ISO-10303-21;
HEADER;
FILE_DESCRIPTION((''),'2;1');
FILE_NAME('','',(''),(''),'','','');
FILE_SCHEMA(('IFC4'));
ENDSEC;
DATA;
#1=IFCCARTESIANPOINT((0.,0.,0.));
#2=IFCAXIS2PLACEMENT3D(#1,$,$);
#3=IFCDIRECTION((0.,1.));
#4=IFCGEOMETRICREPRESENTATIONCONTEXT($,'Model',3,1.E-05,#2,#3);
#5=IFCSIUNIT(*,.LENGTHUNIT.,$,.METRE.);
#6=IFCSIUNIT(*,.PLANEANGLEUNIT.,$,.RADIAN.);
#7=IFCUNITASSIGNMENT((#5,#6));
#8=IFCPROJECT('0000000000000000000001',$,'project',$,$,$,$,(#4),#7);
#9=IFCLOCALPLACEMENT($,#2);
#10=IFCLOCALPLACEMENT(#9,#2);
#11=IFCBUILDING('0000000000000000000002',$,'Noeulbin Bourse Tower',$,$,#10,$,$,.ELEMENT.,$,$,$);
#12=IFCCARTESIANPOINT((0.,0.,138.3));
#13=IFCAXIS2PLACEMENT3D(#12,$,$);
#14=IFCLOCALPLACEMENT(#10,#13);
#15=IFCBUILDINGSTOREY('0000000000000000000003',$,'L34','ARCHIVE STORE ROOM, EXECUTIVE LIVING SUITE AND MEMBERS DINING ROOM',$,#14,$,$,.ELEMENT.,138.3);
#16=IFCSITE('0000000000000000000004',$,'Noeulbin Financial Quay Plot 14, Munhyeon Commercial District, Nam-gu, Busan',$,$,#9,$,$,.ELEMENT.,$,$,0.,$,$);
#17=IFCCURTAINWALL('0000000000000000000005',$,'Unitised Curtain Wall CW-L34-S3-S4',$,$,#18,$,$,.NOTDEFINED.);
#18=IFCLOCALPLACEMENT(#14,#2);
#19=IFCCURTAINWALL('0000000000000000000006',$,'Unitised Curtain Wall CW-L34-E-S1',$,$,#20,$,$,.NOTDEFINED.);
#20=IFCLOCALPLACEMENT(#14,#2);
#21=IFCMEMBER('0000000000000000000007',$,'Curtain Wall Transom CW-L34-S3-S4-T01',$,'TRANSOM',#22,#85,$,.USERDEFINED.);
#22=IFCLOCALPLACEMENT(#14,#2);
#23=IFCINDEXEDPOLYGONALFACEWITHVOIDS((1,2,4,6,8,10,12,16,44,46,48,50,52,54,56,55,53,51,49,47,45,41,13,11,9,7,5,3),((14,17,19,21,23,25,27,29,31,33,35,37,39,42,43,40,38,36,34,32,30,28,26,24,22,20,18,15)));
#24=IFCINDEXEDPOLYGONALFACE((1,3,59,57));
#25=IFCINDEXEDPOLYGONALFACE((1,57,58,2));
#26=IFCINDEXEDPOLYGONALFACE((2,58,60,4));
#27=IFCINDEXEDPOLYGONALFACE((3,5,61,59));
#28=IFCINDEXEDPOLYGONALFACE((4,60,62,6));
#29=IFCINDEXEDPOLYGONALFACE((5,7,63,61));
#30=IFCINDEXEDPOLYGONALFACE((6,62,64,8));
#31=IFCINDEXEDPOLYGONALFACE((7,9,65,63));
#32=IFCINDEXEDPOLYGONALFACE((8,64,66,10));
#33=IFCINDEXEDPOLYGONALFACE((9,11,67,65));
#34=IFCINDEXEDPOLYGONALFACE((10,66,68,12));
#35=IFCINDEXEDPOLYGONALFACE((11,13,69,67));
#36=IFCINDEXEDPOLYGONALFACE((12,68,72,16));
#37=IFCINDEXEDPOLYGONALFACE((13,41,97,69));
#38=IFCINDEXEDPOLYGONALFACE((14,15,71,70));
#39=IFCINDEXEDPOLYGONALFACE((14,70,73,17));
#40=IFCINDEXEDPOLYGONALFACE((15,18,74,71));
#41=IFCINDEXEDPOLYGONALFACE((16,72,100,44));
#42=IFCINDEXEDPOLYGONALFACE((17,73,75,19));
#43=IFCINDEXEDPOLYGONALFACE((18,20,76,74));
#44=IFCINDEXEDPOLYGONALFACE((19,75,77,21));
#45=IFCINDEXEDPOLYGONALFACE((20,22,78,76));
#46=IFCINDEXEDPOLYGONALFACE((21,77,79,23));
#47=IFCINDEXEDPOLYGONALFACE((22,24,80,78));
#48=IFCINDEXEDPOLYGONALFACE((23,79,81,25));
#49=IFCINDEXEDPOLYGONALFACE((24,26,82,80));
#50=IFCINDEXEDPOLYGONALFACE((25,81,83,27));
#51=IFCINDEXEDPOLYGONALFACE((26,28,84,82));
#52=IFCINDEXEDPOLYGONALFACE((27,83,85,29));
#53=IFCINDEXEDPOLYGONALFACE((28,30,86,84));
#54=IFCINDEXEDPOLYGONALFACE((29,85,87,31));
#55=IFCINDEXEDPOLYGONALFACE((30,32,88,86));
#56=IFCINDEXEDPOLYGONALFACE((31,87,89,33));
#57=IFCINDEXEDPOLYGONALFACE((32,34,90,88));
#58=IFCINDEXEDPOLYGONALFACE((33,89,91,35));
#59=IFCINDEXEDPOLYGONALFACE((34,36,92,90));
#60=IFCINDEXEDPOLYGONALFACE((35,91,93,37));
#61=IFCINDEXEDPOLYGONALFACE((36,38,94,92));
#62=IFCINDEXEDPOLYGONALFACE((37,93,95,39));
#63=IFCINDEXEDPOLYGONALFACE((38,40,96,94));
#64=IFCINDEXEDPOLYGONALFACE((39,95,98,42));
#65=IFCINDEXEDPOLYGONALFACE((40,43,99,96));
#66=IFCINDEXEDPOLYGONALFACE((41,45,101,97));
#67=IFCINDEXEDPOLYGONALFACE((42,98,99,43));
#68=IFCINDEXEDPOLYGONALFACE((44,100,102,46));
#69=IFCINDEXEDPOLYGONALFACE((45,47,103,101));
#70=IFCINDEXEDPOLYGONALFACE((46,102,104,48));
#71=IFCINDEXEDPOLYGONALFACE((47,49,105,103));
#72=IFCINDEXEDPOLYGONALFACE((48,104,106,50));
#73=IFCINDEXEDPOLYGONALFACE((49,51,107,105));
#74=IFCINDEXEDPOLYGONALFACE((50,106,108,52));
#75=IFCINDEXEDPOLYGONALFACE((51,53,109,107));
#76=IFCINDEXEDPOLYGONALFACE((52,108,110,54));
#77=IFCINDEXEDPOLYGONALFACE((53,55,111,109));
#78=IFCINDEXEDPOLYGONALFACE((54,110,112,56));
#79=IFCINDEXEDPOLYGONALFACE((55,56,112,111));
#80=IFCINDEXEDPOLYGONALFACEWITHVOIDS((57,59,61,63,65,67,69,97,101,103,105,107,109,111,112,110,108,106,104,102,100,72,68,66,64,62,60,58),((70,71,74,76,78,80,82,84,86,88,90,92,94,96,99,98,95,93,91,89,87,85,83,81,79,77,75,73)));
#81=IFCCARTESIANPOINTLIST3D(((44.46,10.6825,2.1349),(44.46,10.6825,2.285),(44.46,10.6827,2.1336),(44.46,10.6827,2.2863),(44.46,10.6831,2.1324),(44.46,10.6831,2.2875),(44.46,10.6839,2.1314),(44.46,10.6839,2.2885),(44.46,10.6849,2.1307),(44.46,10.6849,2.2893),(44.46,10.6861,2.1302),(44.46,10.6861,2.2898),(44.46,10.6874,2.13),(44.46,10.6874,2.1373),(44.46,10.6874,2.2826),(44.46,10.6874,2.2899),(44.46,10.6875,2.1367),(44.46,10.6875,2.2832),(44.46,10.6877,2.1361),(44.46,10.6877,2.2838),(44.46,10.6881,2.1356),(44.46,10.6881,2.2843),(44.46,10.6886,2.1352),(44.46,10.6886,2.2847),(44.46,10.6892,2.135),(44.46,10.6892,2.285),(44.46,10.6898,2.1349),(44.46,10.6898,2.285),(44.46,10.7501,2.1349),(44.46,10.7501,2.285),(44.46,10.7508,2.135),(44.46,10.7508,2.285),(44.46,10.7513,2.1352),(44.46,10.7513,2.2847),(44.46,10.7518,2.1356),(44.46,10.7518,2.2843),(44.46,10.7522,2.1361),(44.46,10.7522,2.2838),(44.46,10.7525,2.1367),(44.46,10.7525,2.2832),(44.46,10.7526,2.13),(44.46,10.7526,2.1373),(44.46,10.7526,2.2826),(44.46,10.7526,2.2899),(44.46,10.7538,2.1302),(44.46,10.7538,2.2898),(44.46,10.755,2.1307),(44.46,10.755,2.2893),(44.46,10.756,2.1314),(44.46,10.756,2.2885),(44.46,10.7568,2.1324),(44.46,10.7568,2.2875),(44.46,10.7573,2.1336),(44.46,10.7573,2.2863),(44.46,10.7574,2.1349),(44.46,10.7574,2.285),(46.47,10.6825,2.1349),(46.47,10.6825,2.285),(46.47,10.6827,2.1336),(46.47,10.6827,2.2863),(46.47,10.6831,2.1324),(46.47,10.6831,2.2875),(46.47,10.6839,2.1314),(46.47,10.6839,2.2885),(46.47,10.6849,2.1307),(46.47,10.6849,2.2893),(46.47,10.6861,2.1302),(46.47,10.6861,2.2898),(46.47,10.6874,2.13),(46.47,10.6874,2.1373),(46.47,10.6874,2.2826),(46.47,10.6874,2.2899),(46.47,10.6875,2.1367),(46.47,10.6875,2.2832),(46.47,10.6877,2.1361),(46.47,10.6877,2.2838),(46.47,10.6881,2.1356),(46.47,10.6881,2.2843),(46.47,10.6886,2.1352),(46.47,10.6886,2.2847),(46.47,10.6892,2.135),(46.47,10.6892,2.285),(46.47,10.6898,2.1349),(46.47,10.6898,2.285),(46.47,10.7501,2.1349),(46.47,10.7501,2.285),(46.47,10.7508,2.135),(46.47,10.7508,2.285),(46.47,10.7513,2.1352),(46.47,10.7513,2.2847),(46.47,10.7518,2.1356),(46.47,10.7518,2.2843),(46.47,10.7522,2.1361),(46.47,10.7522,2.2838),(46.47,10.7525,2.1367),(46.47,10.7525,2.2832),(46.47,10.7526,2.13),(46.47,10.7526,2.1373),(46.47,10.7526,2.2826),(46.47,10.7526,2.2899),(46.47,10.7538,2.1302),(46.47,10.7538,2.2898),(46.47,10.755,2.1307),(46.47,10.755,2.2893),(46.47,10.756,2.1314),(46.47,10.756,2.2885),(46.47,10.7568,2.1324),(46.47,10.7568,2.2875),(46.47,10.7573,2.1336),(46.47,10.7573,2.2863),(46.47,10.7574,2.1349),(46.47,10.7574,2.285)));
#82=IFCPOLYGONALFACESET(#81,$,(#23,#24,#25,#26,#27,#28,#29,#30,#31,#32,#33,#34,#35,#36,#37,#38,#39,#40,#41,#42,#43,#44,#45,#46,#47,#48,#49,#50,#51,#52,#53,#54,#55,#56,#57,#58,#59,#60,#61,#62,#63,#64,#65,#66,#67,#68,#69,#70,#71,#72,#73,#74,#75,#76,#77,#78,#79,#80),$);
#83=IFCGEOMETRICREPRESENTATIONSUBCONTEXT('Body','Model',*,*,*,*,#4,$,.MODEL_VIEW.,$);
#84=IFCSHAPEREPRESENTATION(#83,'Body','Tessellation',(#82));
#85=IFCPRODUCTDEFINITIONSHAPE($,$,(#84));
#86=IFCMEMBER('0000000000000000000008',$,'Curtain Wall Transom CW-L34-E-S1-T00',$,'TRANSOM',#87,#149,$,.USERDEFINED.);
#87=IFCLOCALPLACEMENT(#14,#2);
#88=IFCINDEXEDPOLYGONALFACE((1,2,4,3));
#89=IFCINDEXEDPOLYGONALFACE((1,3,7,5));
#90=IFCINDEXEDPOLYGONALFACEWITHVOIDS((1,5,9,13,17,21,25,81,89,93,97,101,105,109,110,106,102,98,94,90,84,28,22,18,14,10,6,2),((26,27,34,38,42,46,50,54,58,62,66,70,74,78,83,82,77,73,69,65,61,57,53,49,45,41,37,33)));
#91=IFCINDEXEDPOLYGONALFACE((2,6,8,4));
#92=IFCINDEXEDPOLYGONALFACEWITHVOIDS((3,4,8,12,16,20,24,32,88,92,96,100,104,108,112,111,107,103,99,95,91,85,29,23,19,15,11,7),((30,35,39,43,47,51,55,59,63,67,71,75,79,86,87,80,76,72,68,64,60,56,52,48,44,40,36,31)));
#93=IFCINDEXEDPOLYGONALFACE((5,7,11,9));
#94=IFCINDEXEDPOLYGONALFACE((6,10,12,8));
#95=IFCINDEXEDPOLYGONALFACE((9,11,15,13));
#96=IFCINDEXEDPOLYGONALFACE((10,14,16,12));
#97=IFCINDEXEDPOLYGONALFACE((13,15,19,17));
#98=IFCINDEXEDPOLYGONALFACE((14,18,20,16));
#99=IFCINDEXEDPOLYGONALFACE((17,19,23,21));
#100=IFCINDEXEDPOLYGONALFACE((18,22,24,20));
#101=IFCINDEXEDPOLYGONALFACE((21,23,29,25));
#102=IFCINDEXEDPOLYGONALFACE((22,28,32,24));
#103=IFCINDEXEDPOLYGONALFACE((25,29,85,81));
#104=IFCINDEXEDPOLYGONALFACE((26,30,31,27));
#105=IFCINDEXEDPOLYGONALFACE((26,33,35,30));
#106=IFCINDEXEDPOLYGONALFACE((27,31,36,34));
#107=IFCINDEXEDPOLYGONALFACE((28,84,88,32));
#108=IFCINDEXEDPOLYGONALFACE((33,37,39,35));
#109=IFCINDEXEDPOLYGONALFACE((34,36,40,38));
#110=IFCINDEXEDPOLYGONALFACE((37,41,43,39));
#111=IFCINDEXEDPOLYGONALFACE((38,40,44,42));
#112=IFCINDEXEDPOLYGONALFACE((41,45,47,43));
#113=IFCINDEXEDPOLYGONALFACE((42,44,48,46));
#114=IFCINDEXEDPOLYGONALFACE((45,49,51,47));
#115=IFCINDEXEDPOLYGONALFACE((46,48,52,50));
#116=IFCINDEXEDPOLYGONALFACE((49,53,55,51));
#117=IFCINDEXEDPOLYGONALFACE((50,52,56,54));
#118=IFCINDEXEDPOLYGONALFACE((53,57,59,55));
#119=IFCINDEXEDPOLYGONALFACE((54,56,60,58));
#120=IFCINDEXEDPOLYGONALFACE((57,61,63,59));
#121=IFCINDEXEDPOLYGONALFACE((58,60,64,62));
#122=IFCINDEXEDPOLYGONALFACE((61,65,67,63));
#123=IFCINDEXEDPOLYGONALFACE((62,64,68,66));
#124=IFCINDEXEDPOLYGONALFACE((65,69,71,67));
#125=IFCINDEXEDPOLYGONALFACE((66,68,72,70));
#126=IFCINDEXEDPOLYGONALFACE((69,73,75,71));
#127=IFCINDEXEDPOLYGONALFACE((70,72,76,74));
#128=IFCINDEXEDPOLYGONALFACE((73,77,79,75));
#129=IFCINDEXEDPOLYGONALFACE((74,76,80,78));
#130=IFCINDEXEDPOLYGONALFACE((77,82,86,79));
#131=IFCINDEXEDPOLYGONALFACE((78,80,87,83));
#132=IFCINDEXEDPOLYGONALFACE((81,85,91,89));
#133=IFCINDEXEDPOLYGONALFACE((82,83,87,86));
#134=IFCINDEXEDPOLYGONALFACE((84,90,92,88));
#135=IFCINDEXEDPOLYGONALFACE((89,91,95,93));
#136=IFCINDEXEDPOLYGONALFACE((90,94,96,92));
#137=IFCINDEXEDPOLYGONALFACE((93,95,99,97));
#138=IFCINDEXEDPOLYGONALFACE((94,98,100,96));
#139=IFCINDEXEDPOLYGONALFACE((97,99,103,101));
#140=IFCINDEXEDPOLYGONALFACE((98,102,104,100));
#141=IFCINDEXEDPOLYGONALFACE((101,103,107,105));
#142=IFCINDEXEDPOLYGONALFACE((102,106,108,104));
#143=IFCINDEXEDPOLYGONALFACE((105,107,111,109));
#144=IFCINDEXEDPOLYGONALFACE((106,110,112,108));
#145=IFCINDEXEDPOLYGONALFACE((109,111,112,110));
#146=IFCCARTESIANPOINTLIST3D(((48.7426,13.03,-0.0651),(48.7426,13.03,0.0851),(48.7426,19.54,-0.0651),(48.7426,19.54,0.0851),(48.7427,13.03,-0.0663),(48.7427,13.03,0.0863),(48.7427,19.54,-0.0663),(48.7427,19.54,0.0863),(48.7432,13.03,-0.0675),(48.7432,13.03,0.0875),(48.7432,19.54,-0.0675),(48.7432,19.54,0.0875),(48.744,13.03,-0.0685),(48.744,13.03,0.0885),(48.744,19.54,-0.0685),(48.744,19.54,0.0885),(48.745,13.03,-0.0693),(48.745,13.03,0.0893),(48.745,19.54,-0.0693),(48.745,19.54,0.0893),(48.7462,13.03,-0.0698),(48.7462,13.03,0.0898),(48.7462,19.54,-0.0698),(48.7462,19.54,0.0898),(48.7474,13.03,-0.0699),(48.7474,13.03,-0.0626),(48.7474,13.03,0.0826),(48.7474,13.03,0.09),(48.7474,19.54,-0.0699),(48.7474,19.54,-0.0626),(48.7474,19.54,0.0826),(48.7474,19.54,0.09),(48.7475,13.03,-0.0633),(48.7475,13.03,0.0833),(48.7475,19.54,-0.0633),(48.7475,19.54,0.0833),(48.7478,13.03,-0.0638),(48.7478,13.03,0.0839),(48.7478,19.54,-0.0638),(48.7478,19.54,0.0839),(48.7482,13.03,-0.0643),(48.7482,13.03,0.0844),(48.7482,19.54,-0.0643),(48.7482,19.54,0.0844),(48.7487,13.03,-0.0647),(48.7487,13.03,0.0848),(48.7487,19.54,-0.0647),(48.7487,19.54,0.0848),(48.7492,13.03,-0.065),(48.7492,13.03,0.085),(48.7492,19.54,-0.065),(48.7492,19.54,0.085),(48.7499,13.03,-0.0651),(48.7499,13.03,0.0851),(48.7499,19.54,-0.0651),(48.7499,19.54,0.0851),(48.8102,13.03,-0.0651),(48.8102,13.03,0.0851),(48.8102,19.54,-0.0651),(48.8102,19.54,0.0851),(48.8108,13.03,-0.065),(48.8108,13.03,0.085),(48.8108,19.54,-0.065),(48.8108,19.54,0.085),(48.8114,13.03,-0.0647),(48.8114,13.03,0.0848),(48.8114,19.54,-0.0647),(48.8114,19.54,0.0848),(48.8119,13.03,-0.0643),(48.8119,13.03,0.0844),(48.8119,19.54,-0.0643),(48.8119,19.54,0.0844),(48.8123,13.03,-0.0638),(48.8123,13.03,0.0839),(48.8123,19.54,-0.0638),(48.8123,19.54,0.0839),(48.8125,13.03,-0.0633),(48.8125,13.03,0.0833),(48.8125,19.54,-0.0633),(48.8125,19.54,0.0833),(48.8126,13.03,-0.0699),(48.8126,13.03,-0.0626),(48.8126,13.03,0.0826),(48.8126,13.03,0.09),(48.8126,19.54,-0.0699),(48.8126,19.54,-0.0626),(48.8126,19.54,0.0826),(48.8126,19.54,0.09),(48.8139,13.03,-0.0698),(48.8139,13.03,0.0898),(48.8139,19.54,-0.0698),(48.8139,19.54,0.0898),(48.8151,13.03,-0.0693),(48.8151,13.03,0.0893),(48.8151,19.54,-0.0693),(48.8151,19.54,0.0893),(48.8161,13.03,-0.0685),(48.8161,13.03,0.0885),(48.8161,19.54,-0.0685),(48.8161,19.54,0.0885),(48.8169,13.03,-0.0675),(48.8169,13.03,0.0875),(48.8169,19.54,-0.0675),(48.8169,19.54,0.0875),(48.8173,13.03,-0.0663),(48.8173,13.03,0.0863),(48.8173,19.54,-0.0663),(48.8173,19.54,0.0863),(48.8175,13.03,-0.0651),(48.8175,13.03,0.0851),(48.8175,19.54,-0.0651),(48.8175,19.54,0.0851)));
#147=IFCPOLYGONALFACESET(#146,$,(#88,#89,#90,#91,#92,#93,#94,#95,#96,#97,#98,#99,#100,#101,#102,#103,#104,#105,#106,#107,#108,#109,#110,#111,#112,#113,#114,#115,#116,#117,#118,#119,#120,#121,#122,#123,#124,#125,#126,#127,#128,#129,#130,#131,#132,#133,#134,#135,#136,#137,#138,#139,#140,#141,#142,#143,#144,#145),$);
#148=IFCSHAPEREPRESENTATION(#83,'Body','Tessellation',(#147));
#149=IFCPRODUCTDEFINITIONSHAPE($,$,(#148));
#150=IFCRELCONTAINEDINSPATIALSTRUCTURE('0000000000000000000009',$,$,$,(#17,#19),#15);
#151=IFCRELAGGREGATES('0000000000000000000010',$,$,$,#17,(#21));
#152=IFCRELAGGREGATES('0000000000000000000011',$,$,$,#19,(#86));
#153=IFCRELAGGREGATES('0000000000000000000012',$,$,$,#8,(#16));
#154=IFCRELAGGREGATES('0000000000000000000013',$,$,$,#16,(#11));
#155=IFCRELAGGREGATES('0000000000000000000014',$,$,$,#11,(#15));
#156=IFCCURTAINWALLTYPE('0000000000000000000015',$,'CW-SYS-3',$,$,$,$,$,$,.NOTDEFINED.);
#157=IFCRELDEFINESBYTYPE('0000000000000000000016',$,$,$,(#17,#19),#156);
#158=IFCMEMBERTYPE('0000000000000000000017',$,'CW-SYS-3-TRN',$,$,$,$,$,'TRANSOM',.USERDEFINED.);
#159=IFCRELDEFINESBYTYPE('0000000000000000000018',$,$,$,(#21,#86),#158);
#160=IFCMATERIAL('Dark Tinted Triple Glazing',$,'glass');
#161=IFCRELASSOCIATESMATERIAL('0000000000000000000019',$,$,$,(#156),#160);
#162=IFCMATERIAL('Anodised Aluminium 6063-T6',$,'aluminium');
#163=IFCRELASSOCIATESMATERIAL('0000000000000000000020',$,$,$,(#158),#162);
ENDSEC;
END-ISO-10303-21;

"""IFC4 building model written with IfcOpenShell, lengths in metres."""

from ifc_helpers import new_model, si_unit, direction, frame, origin, origin_2d, place, context, subcontext, project, spatial, hollow_rectangle, extrude, material, material_profile, profile_set, type_object, element, aggregate, save


model = new_model("IFC4")

# Units and contexts
model_context = context("Model", 3, precision=1e-05, world=origin(), true_north=direction((0.0, 1.0)))
body_context = subcontext(model_context, "Body", "Model", "MODEL_VIEW")
ifc_project = project(units=[si_unit("LENGTHUNIT", "METRE"), si_unit("PLANEANGLEUNIT", "RADIAN")], contexts=[model_context])

# Site, building, storey
site_placement = place(None, origin())
site = spatial("IfcSite", under=ifc_project, at=site_placement, Name="Noeulbin Financial Quay Plot 14, Munhyeon Commercial District, Nam-gu, Busan", CompositionType="ELEMENT", RefElevation=0.0)
building_placement = place(site_placement, origin())
building = spatial("IfcBuilding", under=site, at=building_placement, Name="Noeulbin Bourse Tower", CompositionType="ELEMENT")
storey_placement = place(building_placement, frame((0.0, 0.0, 138.3)))
storey = spatial("IfcBuildingStorey", under=building, at=storey_placement, Name="L34", Description="ARCHIVE STORE ROOM, EXECUTIVE LIVING SUITE AND MEMBERS DINING ROOM", CompositionType="ELEMENT", Elevation=138.3)

# Curtain walls
ifc_material_1 = material(Name="Dark Tinted Triple Glazing", Category="glass")
curtain_wall_type = type_object("IfcCurtainWallType", Name="CW-SYS-3", PredefinedType="NOTDEFINED", material=ifc_material_1)
curtain_wall_1_placement = place(storey_placement, origin())
curtain_wall_1 = element("IfcCurtainWall", 1, at=curtain_wall_1_placement, inside=storey, type_object=curtain_wall_type, Name="Unitised Curtain Wall CW-L34-S3-S4", PredefinedType="NOTDEFINED")
ifc_material_2 = material(Name="Anodised Aluminium 6063-T6", Category="aluminium")
curtain_wall_2_placement = place(storey_placement, origin())
curtain_wall_2 = element("IfcCurtainWall", 2, at=curtain_wall_2_placement, inside=storey, type_object=curtain_wall_type, Name="Unitised Curtain Wall CW-L34-E-S1", PredefinedType="NOTDEFINED")

# Members
ifc_material_profile_1 = material_profile(ifc_material_2, hollow_rectangle(XDim=0.075, YDim=0.1599, WallThickness=0.0049, InnerFilletRadius=0.0024, OuterFilletRadius=0.0049, at=origin_2d()), Name="ALU-TRAN-75x160x5", Category="LoadBearing")
ifc_profile_set_1 = profile_set([ifc_material_profile_1], Name="Anodised Aluminium 6063-T6")
member_type_1 = type_object("IfcMemberType", Name="CW-SYS-3-TRN", ElementType="TRANSOM", PredefinedType="USERDEFINED", material=ifc_profile_set_1)
member_1_placement = place(storey_placement, frame((44.46, 10.72, 2.21), z_axis=(1.0, 0.0, 0.0), x_axis=(0.0, 1.0, 0.0)))
member_1 = element("IfcMember", 3, at=member_1_placement, type_object=member_type_1, Name="Curtain Wall Transom CW-L34-S3-S4-T01", ObjectType="TRANSOM", PredefinedType="USERDEFINED", context=body_context, shape_type="SweptSolid", body=[
    extrude(hollow_rectangle(XDim=0.075, YDim=0.1599, WallThickness=0.0049, InnerFilletRadius=0.0024, OuterFilletRadius=0.0049, at=origin_2d()), origin(), (0.0, 0.0, 1.0), 2.01),
])
member_2_placement = place(storey_placement, frame((48.78, 13.03, 0.01), z_axis=(0.0, 1.0, 0.0), x_axis=(-1.0, 0.0, 0.0)))
member_2 = element("IfcMember", 4, at=member_2_placement, type_object=member_type_1, Name="Curtain Wall Transom CW-L34-E-S1-T00", ObjectType="TRANSOM", PredefinedType="USERDEFINED", context=body_context, shape_type="SweptSolid", body=[
    extrude(hollow_rectangle(XDim=0.075, YDim=0.1599, WallThickness=0.0049, InnerFilletRadius=0.0024, OuterFilletRadius=0.0049, at=origin_2d()), origin(), (0.0, 0.0, 1.0), 6.51),
])

aggregate(curtain_wall_1, [member_1])
aggregate(curtain_wall_2, [member_2])

save(model, "model.ifc")
